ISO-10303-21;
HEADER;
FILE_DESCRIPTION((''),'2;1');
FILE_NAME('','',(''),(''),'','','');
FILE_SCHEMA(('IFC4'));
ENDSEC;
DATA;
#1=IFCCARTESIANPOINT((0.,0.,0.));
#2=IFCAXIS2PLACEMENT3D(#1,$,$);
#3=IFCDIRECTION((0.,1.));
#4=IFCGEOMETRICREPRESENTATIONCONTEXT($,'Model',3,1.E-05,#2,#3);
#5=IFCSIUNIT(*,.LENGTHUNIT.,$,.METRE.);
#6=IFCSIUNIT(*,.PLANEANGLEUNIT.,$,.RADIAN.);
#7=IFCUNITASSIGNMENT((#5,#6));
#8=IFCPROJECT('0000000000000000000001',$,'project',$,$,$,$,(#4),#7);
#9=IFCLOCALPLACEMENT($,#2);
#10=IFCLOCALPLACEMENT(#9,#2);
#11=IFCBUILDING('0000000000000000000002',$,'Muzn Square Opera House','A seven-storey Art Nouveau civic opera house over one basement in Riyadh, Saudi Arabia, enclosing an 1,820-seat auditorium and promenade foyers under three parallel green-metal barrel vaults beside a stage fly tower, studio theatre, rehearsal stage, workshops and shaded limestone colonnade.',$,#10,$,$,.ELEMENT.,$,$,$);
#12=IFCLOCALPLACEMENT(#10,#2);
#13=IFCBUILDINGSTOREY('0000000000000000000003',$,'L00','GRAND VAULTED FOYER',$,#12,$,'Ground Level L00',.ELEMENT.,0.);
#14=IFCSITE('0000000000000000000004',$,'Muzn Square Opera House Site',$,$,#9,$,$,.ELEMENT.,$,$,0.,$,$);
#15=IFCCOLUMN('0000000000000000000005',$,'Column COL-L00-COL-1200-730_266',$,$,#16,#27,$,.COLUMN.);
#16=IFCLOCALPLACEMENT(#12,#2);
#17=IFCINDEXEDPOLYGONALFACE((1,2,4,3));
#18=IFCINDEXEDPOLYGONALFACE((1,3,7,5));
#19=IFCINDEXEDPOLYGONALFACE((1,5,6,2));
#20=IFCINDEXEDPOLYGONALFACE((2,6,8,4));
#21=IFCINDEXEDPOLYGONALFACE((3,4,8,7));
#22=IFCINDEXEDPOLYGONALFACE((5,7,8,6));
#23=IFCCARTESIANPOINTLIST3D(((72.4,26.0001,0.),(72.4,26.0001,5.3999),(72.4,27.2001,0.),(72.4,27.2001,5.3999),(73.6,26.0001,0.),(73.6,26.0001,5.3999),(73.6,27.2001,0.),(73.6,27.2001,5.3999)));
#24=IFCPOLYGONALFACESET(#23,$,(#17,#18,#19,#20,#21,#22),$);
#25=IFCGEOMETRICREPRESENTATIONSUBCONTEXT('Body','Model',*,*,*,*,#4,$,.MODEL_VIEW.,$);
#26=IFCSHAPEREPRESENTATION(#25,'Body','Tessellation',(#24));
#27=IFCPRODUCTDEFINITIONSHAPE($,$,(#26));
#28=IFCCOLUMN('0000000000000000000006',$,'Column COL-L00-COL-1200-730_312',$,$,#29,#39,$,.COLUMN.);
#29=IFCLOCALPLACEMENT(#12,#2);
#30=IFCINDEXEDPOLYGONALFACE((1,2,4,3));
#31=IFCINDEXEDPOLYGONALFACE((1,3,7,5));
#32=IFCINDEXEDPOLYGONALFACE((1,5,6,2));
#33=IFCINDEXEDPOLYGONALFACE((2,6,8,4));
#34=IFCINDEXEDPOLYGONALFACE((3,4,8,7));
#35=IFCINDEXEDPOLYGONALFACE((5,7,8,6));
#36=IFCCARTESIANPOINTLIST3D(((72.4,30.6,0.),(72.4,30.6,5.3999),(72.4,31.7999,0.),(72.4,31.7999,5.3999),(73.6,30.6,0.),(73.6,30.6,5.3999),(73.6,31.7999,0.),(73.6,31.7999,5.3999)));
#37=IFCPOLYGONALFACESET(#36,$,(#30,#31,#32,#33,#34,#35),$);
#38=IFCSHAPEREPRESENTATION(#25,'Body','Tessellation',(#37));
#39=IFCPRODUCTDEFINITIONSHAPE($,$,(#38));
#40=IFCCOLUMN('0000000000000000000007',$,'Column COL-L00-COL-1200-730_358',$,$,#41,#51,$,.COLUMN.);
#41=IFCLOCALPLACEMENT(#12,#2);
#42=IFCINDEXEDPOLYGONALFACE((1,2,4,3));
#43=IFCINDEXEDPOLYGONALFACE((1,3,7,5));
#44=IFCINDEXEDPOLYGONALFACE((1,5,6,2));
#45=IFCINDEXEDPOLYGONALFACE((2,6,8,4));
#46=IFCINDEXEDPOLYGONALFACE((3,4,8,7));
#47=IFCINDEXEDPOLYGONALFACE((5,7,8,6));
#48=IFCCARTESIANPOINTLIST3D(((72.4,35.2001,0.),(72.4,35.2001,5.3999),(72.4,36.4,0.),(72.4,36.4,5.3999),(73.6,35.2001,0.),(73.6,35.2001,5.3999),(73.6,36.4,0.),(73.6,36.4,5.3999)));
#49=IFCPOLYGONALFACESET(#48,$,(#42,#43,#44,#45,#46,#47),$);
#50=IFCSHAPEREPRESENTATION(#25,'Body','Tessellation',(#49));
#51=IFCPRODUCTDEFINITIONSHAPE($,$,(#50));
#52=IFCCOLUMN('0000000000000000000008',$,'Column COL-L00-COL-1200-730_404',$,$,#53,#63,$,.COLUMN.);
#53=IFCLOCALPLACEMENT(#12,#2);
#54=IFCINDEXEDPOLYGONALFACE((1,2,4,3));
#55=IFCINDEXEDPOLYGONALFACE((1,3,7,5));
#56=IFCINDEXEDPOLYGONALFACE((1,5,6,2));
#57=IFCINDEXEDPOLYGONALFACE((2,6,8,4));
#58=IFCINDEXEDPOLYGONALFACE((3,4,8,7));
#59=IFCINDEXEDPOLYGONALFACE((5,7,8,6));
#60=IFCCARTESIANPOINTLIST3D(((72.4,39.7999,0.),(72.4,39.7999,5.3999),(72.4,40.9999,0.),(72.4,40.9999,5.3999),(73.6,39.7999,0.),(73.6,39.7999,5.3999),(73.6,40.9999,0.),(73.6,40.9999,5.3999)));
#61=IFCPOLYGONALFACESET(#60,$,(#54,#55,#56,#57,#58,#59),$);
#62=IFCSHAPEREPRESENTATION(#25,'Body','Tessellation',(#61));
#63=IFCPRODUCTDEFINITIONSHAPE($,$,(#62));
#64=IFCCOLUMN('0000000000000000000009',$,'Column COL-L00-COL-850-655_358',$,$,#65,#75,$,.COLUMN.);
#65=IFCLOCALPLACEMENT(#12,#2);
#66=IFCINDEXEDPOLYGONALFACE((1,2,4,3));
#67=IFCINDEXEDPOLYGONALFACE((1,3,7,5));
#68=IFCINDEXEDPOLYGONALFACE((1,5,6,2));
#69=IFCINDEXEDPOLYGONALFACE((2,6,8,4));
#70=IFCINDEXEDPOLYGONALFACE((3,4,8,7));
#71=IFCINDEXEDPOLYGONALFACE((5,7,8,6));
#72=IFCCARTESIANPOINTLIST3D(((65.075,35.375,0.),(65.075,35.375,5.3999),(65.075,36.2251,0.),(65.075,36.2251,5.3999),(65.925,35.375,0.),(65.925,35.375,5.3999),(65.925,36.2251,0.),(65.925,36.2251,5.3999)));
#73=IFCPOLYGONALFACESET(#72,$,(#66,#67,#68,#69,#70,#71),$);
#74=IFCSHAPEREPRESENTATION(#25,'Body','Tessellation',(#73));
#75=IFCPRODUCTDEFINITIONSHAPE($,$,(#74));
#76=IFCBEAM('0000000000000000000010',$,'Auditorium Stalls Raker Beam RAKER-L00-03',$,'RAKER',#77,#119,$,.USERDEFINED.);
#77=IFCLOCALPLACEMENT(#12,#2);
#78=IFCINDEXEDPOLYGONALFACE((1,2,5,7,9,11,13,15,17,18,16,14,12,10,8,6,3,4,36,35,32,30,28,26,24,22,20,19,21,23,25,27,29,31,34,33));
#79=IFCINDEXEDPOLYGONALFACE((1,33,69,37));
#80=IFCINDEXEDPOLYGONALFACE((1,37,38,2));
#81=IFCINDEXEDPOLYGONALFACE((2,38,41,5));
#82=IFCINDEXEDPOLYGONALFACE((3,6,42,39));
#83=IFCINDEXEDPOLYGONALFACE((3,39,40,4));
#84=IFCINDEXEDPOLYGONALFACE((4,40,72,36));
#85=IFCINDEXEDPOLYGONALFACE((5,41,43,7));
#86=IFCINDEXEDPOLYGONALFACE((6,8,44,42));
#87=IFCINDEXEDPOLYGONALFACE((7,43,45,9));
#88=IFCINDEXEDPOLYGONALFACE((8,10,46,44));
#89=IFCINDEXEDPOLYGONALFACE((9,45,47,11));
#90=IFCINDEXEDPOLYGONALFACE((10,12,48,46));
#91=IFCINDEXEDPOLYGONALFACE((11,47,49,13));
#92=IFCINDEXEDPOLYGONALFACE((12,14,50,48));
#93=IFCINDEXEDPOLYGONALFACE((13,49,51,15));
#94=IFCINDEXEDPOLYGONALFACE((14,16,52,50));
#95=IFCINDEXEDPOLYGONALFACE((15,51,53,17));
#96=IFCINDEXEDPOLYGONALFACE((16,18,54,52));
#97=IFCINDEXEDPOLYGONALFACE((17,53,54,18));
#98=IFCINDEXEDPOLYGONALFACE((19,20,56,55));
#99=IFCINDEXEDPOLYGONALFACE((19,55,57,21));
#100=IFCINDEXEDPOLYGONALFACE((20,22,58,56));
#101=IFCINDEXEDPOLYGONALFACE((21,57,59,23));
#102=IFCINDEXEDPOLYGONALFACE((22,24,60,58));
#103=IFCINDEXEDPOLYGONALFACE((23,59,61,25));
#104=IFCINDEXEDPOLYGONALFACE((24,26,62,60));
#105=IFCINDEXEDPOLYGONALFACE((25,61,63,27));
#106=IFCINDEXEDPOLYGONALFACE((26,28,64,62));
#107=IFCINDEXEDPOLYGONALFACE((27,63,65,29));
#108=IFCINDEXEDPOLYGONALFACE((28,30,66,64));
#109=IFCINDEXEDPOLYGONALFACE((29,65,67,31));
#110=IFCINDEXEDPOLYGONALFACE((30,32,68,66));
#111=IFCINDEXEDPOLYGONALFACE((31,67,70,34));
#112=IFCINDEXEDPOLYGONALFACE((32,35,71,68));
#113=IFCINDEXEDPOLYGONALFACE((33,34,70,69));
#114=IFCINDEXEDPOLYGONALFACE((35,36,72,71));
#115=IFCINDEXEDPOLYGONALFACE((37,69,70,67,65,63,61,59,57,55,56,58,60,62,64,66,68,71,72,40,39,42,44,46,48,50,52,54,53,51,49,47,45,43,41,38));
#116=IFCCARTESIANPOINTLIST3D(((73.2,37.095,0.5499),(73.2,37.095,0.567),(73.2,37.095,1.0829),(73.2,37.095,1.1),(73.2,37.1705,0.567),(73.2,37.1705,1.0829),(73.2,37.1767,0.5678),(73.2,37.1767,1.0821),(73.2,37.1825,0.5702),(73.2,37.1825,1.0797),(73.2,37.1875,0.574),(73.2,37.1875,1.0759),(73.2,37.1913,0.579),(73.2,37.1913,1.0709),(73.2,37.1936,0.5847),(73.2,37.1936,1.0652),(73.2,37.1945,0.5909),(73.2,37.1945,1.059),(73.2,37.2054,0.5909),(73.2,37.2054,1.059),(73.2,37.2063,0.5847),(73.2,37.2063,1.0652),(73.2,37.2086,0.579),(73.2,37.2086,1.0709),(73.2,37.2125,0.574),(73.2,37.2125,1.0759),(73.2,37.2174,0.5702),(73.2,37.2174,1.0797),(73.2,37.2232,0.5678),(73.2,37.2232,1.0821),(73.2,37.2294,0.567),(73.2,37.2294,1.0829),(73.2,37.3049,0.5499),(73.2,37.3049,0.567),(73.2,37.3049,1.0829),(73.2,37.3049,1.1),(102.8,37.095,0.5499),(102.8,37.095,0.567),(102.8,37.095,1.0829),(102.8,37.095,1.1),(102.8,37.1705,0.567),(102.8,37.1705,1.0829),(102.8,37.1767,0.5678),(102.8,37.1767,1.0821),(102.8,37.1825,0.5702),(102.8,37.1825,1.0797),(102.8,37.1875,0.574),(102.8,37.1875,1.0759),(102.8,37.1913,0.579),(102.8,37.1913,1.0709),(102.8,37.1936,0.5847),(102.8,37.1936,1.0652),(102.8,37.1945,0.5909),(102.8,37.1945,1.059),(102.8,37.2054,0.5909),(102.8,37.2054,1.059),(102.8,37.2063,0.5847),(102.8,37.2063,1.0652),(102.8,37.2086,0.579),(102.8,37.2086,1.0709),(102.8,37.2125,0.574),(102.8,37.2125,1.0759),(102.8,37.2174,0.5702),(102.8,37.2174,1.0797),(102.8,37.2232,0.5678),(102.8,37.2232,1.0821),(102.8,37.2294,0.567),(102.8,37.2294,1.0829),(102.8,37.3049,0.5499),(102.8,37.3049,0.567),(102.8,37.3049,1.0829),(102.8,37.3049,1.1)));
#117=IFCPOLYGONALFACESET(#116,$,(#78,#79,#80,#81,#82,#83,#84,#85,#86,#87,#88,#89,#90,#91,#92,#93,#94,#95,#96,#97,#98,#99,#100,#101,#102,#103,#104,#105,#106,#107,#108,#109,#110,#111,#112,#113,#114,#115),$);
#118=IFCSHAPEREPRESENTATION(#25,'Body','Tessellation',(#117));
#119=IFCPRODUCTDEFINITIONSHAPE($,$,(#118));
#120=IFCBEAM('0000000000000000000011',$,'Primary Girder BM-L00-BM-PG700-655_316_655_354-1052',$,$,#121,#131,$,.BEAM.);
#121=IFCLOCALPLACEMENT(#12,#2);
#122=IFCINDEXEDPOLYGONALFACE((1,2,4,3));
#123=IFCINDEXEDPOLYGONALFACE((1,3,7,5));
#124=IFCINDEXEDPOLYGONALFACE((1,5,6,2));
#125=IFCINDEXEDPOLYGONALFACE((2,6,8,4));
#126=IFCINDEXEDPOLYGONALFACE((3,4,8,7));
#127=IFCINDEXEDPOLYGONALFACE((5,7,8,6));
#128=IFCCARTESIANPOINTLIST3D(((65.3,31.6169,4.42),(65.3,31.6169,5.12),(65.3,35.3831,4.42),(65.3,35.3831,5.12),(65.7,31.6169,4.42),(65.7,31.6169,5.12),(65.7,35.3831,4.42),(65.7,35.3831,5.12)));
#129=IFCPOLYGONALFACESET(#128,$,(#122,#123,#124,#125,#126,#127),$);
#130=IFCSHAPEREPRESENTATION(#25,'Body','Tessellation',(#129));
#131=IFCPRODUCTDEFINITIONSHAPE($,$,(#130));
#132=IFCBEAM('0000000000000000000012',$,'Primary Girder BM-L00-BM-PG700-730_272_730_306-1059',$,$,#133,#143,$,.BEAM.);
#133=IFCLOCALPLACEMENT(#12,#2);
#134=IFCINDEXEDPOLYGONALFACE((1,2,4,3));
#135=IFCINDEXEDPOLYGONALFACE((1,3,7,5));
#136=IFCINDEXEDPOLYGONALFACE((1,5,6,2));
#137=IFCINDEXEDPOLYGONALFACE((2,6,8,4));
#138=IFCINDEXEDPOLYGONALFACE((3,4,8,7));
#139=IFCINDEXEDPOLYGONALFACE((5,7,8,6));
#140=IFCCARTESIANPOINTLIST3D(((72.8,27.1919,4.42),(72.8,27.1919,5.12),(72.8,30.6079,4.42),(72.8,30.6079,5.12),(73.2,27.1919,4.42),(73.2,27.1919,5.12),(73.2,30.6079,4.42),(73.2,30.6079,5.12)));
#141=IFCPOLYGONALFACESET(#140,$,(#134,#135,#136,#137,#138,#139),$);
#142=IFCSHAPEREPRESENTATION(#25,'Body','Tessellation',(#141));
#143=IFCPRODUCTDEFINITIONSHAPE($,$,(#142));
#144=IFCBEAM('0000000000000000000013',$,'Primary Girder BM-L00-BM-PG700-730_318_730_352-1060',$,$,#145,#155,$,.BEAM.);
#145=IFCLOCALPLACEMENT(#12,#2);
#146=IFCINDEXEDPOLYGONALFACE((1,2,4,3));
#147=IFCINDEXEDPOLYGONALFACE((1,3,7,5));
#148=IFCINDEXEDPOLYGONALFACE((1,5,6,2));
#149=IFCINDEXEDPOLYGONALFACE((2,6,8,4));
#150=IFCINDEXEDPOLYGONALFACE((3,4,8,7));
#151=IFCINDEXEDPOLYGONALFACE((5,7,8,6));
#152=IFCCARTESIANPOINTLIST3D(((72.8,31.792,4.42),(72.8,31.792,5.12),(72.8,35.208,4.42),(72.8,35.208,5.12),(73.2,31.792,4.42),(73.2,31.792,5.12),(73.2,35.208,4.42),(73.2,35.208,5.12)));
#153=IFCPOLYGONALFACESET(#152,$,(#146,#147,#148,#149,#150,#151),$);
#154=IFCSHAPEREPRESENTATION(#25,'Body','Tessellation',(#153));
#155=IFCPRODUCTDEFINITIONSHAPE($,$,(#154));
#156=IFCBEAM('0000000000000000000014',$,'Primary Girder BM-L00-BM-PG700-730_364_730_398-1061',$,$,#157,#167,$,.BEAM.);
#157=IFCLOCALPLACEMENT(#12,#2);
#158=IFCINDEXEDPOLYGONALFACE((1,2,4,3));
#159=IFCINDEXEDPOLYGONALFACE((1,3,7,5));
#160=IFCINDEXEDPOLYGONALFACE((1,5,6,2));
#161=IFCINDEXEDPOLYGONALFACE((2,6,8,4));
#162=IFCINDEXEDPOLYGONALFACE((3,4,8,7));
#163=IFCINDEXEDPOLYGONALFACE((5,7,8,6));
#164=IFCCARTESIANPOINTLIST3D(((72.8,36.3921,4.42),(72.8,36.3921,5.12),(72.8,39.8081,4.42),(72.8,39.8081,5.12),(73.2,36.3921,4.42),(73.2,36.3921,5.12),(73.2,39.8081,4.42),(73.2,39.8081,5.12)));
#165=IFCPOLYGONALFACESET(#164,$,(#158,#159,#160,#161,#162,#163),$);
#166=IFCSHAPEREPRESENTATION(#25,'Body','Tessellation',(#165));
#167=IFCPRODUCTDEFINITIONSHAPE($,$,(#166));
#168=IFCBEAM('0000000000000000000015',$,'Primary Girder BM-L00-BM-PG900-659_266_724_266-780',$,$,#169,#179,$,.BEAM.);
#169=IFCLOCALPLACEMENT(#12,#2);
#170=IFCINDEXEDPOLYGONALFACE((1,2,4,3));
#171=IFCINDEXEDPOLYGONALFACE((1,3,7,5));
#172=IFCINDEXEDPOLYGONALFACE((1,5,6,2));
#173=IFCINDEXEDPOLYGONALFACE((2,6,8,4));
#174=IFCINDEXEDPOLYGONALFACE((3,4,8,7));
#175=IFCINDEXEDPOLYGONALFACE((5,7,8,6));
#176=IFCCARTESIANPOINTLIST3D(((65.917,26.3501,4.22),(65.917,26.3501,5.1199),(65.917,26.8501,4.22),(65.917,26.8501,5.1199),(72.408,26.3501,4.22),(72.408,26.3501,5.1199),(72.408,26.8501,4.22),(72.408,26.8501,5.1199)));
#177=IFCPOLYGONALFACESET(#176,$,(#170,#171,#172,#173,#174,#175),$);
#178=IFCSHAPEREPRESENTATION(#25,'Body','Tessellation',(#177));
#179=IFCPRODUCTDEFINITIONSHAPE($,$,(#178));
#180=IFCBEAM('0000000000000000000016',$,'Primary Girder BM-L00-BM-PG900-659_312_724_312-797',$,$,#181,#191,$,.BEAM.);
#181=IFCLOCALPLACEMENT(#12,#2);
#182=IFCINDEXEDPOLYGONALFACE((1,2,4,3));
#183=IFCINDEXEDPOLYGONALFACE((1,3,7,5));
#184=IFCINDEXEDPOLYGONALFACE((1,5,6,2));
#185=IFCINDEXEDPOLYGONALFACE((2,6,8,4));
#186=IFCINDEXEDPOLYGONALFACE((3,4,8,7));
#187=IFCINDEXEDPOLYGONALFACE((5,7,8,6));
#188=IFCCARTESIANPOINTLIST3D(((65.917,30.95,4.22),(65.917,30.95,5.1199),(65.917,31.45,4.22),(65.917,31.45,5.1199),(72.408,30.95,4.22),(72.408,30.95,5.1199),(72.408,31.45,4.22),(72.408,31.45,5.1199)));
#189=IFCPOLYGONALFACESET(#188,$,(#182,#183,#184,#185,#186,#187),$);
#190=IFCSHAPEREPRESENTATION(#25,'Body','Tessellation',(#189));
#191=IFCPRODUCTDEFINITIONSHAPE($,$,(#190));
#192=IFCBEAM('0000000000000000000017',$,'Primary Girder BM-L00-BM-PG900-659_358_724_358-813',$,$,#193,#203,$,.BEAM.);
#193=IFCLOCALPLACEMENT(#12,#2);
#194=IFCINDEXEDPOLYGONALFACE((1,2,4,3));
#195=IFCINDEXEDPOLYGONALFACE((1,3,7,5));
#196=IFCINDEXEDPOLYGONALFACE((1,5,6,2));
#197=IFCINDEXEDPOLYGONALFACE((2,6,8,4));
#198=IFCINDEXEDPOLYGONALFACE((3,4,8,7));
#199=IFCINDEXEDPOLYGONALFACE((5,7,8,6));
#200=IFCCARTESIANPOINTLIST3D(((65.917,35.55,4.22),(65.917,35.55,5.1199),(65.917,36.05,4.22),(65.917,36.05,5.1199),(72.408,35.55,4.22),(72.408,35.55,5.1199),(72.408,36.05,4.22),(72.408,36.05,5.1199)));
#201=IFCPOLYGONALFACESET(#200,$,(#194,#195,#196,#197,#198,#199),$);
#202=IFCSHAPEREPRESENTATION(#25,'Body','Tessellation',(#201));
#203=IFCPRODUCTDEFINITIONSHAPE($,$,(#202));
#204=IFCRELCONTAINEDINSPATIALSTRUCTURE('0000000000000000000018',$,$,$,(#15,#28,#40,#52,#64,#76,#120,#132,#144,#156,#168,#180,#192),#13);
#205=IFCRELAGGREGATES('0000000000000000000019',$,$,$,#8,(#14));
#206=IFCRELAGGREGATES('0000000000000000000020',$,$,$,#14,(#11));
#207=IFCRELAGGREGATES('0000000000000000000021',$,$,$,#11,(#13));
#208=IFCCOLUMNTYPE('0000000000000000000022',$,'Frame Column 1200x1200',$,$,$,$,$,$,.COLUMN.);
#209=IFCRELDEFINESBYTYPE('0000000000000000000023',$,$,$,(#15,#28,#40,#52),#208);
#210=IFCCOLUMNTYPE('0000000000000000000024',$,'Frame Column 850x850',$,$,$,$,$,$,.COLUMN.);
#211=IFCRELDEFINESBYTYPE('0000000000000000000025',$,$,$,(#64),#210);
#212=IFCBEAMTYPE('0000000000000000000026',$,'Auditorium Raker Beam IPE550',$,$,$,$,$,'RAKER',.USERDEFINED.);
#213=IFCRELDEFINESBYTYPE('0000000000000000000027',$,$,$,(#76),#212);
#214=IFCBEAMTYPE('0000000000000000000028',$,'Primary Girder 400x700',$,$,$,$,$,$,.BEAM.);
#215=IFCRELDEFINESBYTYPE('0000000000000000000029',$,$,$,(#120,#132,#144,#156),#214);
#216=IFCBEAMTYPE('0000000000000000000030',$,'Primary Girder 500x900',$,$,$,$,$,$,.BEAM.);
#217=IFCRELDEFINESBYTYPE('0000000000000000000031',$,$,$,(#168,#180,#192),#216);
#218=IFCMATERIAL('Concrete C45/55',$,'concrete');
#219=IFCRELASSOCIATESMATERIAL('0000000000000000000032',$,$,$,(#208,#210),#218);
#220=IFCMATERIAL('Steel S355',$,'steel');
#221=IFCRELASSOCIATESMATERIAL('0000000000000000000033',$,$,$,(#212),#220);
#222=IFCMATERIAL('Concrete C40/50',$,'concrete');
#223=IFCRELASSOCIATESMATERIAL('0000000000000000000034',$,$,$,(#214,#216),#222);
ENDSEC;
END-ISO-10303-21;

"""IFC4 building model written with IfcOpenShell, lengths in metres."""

from ifc_helpers import new_model, si_unit, direction, frame, origin, origin_2d, place, context, subcontext, project, spatial, rectangle, i_section, extrude, material, material_profile, profile_set, type_object, element, save


model = new_model("IFC4")

# Units and contexts
model_context = context("Model", 3, precision=1e-05, world=origin(), true_north=direction((0.0, 1.0)))
body_context = subcontext(model_context, "Body", "Model", "MODEL_VIEW")
ifc_project = project(units=[si_unit("LENGTHUNIT", "METRE"), si_unit("PLANEANGLEUNIT", "RADIAN")], contexts=[model_context])

# Site, building, storey
site_placement = place(None, origin())
site = spatial("IfcSite", under=ifc_project, at=site_placement, Name="Muzn Square Opera House Site", CompositionType="ELEMENT", RefElevation=0.0)
building_placement = place(site_placement, origin())
building = spatial("IfcBuilding", under=site, at=building_placement, Name="Muzn Square Opera House", Description="A seven-storey Art Nouveau civic opera house over one basement in Riyadh, Saudi Arabia, enclosing an 1,820-seat auditorium and promenade foyers under three parallel green-metal barrel vaults beside a stage fly tower, studio theatre, rehearsal stage, workshops and shaded limestone colonnade.", CompositionType="ELEMENT")
storey_placement = place(building_placement, origin())
storey = spatial("IfcBuildingStorey", under=building, at=storey_placement, Name="L00", Description="GRAND VAULTED FOYER", LongName="Ground Level L00", CompositionType="ELEMENT", Elevation=0.0)

# Columns
ifc_material_1 = material(Name="Concrete C45/55", Category="concrete")
ifc_material_profile_1 = material_profile(ifc_material_1, rectangle(XDim=1.2, YDim=1.2, at=origin_2d()), Name="RC 1200x1200", Category="concrete")
ifc_profile_set_1 = profile_set([ifc_material_profile_1], Name="Concrete C45/55")
column_type_1 = type_object("IfcColumnType", Name="Frame Column 1200x1200", PredefinedType="COLUMN", material=ifc_profile_set_1)
for number, where, z_axis, x_axis, name in (
    (1, (73.0, 26.6001, 0.0), (0.0, 0.0, 1.0), (1.0, 0.0, 0.0), "Column COL-L00-COL-1200-730_266"),
    (2, (73.0, 31.2, 0.0), (0.0, 0.0, 1.0), (1.0, 0.0, 0.0), "Column COL-L00-COL-1200-730_312"),
    (3, (73.0, 35.8, 0.0), (0.0, 0.0, 1.0), (1.0, 0.0, 0.0), "Column COL-L00-COL-1200-730_358"),
    (4, (73.0, 40.3999, 0.0), (0.0, 0.0, 1.0), (1.0, 0.0, 0.0), "Column COL-L00-COL-1200-730_404"),
):
    element("IfcColumn", number, at=place(storey_placement, frame(where, z_axis=z_axis, x_axis=x_axis)), inside=storey, type_object=column_type_1, Name=name, PredefinedType="COLUMN", context=body_context, shape_type="SweptSolid", body=[
        extrude(rectangle(XDim=1.2, YDim=1.2, at=origin_2d()), origin(), (0.0, 0.0, 1.0), 5.3999),
    ])
ifc_material_profile_2 = material_profile(ifc_material_1, rectangle(XDim=0.8501, YDim=0.8501, at=origin_2d()), Name="RC 850x850", Category="concrete")
ifc_profile_set_2 = profile_set([ifc_material_profile_2], Name="Concrete C45/55")
column_type_2 = type_object("IfcColumnType", Name="Frame Column 850x850", PredefinedType="COLUMN", material=ifc_profile_set_2)
column_placement = place(storey_placement, frame((65.5, 35.8, 0.0), z_axis=(0.0, 0.0, 1.0), x_axis=(1.0, 0.0, 0.0)))
element("IfcColumn", 5, at=column_placement, inside=storey, type_object=column_type_2, Name="Column COL-L00-COL-850-655_358", PredefinedType="COLUMN", context=body_context, shape_type="SweptSolid", body=[
    extrude(rectangle(XDim=0.8501, YDim=0.8501, at=origin_2d()), origin(), (0.0, 0.0, 1.0), 5.3999),
])

# Beams
ifc_material_2 = material(Name="Steel S355", Category="steel")
ifc_material_profile_3 = material_profile(ifc_material_2, i_section(OverallWidth=0.21, OverallDepth=0.55, WebThickness=0.011, FlangeThickness=0.0171, FilletRadius=0.0239, at=origin_2d()), Name="IPE 550", Category="steel")
ifc_profile_set_3 = profile_set([ifc_material_profile_3], Name="Steel S355")
beam_type_1 = type_object("IfcBeamType", Name="Auditorium Raker Beam IPE550", ElementType="RAKER", PredefinedType="USERDEFINED", material=ifc_profile_set_3)
beam_1_placement = place(storey_placement, frame((73.2, 37.2, 0.825), z_axis=(1.0, 0.0, 0.0), x_axis=(0.0, 1.0, 0.0)))
element("IfcBeam", 6, at=beam_1_placement, inside=storey, type_object=beam_type_1, Name="Auditorium Stalls Raker Beam RAKER-L00-03", ObjectType="RAKER", PredefinedType="USERDEFINED", context=body_context, shape_type="SweptSolid", body=[
    extrude(i_section(OverallWidth=0.21, OverallDepth=0.55, WebThickness=0.011, FlangeThickness=0.0171, FilletRadius=0.0239, at=origin_2d()), origin(), (0.0, 0.0, 1.0), 29.6001),
])
ifc_material_3 = material(Name="Concrete C40/50", Category="concrete")
ifc_material_profile_4 = material_profile(ifc_material_3, rectangle(XDim=0.3999, YDim=0.7, at=origin_2d()), Name="RCB 400x700", Category="concrete")
ifc_profile_set_4 = profile_set([ifc_material_profile_4], Name="Concrete C40/50")
beam_type_2 = type_object("IfcBeamType", Name="Primary Girder 400x700", PredefinedType="BEAM", material=ifc_profile_set_4)
beam_2_placement = place(storey_placement, frame((65.5, 31.6169, 4.77), z_axis=(0.0, 1.0, 0.0), x_axis=(-1.0, 0.0, 0.0)))
element("IfcBeam", 7, at=beam_2_placement, inside=storey, type_object=beam_type_2, Name="Primary Girder BM-L00-BM-PG700-655_316_655_354-1052", PredefinedType="BEAM", context=body_context, shape_type="SweptSolid", body=[
    extrude(rectangle(XDim=0.3999, YDim=0.7, at=origin_2d()), origin(), (0.0, 0.0, 1.0), 3.7661),
])
for number, where, z_axis, x_axis, name in (
    (8, (73.0, 27.1919, 4.77), (0.0, 1.0, 0.0), (-1.0, 0.0, 0.0), "Primary Girder BM-L00-BM-PG700-730_272_730_306-1059"),
    (9, (73.0, 31.792, 4.77), (0.0, 1.0, 0.0), (-1.0, 0.0, 0.0), "Primary Girder BM-L00-BM-PG700-730_318_730_352-1060"),
    (10, (73.0, 36.3921, 4.77), (0.0, 1.0, 0.0), (-1.0, 0.0, 0.0), "Primary Girder BM-L00-BM-PG700-730_364_730_398-1061"),
):
    element("IfcBeam", number, at=place(storey_placement, frame(where, z_axis=z_axis, x_axis=x_axis)), inside=storey, type_object=beam_type_2, Name=name, PredefinedType="BEAM", context=body_context, shape_type="SweptSolid", body=[
        extrude(rectangle(XDim=0.3999, YDim=0.7, at=origin_2d()), origin(), (0.0, 0.0, 1.0), 3.416),
    ])
ifc_material_profile_5 = material_profile(ifc_material_3, rectangle(XDim=0.5, YDim=0.8999, at=origin_2d()), Name="RCB 500x900", Category="concrete")
ifc_profile_set_5 = profile_set([ifc_material_profile_5], Name="Concrete C40/50")
beam_type_3 = type_object("IfcBeamType", Name="Primary Girder 500x900", PredefinedType="BEAM", material=ifc_profile_set_5)
for number, where, z_axis, x_axis, name in (
    (11, (65.917, 26.6001, 4.6699), (1.0, 0.0, 0.0), (0.0, 1.0, 0.0), "Primary Girder BM-L00-BM-PG900-659_266_724_266-780"),
    (12, (65.917, 31.2, 4.6699), (1.0, 0.0, 0.0), (0.0, 1.0, 0.0), "Primary Girder BM-L00-BM-PG900-659_312_724_312-797"),
    (13, (65.917, 35.8, 4.6699), (1.0, 0.0, 0.0), (0.0, 1.0, 0.0), "Primary Girder BM-L00-BM-PG900-659_358_724_358-813"),
):
    element("IfcBeam", number, at=place(storey_placement, frame(where, z_axis=z_axis, x_axis=x_axis)), inside=storey, type_object=beam_type_3, Name=name, PredefinedType="BEAM", context=body_context, shape_type="SweptSolid", body=[
        extrude(rectangle(XDim=0.5, YDim=0.8999, at=origin_2d()), origin(), (0.0, 0.0, 1.0), 6.491),
    ])

save(model, "model.ifc")
